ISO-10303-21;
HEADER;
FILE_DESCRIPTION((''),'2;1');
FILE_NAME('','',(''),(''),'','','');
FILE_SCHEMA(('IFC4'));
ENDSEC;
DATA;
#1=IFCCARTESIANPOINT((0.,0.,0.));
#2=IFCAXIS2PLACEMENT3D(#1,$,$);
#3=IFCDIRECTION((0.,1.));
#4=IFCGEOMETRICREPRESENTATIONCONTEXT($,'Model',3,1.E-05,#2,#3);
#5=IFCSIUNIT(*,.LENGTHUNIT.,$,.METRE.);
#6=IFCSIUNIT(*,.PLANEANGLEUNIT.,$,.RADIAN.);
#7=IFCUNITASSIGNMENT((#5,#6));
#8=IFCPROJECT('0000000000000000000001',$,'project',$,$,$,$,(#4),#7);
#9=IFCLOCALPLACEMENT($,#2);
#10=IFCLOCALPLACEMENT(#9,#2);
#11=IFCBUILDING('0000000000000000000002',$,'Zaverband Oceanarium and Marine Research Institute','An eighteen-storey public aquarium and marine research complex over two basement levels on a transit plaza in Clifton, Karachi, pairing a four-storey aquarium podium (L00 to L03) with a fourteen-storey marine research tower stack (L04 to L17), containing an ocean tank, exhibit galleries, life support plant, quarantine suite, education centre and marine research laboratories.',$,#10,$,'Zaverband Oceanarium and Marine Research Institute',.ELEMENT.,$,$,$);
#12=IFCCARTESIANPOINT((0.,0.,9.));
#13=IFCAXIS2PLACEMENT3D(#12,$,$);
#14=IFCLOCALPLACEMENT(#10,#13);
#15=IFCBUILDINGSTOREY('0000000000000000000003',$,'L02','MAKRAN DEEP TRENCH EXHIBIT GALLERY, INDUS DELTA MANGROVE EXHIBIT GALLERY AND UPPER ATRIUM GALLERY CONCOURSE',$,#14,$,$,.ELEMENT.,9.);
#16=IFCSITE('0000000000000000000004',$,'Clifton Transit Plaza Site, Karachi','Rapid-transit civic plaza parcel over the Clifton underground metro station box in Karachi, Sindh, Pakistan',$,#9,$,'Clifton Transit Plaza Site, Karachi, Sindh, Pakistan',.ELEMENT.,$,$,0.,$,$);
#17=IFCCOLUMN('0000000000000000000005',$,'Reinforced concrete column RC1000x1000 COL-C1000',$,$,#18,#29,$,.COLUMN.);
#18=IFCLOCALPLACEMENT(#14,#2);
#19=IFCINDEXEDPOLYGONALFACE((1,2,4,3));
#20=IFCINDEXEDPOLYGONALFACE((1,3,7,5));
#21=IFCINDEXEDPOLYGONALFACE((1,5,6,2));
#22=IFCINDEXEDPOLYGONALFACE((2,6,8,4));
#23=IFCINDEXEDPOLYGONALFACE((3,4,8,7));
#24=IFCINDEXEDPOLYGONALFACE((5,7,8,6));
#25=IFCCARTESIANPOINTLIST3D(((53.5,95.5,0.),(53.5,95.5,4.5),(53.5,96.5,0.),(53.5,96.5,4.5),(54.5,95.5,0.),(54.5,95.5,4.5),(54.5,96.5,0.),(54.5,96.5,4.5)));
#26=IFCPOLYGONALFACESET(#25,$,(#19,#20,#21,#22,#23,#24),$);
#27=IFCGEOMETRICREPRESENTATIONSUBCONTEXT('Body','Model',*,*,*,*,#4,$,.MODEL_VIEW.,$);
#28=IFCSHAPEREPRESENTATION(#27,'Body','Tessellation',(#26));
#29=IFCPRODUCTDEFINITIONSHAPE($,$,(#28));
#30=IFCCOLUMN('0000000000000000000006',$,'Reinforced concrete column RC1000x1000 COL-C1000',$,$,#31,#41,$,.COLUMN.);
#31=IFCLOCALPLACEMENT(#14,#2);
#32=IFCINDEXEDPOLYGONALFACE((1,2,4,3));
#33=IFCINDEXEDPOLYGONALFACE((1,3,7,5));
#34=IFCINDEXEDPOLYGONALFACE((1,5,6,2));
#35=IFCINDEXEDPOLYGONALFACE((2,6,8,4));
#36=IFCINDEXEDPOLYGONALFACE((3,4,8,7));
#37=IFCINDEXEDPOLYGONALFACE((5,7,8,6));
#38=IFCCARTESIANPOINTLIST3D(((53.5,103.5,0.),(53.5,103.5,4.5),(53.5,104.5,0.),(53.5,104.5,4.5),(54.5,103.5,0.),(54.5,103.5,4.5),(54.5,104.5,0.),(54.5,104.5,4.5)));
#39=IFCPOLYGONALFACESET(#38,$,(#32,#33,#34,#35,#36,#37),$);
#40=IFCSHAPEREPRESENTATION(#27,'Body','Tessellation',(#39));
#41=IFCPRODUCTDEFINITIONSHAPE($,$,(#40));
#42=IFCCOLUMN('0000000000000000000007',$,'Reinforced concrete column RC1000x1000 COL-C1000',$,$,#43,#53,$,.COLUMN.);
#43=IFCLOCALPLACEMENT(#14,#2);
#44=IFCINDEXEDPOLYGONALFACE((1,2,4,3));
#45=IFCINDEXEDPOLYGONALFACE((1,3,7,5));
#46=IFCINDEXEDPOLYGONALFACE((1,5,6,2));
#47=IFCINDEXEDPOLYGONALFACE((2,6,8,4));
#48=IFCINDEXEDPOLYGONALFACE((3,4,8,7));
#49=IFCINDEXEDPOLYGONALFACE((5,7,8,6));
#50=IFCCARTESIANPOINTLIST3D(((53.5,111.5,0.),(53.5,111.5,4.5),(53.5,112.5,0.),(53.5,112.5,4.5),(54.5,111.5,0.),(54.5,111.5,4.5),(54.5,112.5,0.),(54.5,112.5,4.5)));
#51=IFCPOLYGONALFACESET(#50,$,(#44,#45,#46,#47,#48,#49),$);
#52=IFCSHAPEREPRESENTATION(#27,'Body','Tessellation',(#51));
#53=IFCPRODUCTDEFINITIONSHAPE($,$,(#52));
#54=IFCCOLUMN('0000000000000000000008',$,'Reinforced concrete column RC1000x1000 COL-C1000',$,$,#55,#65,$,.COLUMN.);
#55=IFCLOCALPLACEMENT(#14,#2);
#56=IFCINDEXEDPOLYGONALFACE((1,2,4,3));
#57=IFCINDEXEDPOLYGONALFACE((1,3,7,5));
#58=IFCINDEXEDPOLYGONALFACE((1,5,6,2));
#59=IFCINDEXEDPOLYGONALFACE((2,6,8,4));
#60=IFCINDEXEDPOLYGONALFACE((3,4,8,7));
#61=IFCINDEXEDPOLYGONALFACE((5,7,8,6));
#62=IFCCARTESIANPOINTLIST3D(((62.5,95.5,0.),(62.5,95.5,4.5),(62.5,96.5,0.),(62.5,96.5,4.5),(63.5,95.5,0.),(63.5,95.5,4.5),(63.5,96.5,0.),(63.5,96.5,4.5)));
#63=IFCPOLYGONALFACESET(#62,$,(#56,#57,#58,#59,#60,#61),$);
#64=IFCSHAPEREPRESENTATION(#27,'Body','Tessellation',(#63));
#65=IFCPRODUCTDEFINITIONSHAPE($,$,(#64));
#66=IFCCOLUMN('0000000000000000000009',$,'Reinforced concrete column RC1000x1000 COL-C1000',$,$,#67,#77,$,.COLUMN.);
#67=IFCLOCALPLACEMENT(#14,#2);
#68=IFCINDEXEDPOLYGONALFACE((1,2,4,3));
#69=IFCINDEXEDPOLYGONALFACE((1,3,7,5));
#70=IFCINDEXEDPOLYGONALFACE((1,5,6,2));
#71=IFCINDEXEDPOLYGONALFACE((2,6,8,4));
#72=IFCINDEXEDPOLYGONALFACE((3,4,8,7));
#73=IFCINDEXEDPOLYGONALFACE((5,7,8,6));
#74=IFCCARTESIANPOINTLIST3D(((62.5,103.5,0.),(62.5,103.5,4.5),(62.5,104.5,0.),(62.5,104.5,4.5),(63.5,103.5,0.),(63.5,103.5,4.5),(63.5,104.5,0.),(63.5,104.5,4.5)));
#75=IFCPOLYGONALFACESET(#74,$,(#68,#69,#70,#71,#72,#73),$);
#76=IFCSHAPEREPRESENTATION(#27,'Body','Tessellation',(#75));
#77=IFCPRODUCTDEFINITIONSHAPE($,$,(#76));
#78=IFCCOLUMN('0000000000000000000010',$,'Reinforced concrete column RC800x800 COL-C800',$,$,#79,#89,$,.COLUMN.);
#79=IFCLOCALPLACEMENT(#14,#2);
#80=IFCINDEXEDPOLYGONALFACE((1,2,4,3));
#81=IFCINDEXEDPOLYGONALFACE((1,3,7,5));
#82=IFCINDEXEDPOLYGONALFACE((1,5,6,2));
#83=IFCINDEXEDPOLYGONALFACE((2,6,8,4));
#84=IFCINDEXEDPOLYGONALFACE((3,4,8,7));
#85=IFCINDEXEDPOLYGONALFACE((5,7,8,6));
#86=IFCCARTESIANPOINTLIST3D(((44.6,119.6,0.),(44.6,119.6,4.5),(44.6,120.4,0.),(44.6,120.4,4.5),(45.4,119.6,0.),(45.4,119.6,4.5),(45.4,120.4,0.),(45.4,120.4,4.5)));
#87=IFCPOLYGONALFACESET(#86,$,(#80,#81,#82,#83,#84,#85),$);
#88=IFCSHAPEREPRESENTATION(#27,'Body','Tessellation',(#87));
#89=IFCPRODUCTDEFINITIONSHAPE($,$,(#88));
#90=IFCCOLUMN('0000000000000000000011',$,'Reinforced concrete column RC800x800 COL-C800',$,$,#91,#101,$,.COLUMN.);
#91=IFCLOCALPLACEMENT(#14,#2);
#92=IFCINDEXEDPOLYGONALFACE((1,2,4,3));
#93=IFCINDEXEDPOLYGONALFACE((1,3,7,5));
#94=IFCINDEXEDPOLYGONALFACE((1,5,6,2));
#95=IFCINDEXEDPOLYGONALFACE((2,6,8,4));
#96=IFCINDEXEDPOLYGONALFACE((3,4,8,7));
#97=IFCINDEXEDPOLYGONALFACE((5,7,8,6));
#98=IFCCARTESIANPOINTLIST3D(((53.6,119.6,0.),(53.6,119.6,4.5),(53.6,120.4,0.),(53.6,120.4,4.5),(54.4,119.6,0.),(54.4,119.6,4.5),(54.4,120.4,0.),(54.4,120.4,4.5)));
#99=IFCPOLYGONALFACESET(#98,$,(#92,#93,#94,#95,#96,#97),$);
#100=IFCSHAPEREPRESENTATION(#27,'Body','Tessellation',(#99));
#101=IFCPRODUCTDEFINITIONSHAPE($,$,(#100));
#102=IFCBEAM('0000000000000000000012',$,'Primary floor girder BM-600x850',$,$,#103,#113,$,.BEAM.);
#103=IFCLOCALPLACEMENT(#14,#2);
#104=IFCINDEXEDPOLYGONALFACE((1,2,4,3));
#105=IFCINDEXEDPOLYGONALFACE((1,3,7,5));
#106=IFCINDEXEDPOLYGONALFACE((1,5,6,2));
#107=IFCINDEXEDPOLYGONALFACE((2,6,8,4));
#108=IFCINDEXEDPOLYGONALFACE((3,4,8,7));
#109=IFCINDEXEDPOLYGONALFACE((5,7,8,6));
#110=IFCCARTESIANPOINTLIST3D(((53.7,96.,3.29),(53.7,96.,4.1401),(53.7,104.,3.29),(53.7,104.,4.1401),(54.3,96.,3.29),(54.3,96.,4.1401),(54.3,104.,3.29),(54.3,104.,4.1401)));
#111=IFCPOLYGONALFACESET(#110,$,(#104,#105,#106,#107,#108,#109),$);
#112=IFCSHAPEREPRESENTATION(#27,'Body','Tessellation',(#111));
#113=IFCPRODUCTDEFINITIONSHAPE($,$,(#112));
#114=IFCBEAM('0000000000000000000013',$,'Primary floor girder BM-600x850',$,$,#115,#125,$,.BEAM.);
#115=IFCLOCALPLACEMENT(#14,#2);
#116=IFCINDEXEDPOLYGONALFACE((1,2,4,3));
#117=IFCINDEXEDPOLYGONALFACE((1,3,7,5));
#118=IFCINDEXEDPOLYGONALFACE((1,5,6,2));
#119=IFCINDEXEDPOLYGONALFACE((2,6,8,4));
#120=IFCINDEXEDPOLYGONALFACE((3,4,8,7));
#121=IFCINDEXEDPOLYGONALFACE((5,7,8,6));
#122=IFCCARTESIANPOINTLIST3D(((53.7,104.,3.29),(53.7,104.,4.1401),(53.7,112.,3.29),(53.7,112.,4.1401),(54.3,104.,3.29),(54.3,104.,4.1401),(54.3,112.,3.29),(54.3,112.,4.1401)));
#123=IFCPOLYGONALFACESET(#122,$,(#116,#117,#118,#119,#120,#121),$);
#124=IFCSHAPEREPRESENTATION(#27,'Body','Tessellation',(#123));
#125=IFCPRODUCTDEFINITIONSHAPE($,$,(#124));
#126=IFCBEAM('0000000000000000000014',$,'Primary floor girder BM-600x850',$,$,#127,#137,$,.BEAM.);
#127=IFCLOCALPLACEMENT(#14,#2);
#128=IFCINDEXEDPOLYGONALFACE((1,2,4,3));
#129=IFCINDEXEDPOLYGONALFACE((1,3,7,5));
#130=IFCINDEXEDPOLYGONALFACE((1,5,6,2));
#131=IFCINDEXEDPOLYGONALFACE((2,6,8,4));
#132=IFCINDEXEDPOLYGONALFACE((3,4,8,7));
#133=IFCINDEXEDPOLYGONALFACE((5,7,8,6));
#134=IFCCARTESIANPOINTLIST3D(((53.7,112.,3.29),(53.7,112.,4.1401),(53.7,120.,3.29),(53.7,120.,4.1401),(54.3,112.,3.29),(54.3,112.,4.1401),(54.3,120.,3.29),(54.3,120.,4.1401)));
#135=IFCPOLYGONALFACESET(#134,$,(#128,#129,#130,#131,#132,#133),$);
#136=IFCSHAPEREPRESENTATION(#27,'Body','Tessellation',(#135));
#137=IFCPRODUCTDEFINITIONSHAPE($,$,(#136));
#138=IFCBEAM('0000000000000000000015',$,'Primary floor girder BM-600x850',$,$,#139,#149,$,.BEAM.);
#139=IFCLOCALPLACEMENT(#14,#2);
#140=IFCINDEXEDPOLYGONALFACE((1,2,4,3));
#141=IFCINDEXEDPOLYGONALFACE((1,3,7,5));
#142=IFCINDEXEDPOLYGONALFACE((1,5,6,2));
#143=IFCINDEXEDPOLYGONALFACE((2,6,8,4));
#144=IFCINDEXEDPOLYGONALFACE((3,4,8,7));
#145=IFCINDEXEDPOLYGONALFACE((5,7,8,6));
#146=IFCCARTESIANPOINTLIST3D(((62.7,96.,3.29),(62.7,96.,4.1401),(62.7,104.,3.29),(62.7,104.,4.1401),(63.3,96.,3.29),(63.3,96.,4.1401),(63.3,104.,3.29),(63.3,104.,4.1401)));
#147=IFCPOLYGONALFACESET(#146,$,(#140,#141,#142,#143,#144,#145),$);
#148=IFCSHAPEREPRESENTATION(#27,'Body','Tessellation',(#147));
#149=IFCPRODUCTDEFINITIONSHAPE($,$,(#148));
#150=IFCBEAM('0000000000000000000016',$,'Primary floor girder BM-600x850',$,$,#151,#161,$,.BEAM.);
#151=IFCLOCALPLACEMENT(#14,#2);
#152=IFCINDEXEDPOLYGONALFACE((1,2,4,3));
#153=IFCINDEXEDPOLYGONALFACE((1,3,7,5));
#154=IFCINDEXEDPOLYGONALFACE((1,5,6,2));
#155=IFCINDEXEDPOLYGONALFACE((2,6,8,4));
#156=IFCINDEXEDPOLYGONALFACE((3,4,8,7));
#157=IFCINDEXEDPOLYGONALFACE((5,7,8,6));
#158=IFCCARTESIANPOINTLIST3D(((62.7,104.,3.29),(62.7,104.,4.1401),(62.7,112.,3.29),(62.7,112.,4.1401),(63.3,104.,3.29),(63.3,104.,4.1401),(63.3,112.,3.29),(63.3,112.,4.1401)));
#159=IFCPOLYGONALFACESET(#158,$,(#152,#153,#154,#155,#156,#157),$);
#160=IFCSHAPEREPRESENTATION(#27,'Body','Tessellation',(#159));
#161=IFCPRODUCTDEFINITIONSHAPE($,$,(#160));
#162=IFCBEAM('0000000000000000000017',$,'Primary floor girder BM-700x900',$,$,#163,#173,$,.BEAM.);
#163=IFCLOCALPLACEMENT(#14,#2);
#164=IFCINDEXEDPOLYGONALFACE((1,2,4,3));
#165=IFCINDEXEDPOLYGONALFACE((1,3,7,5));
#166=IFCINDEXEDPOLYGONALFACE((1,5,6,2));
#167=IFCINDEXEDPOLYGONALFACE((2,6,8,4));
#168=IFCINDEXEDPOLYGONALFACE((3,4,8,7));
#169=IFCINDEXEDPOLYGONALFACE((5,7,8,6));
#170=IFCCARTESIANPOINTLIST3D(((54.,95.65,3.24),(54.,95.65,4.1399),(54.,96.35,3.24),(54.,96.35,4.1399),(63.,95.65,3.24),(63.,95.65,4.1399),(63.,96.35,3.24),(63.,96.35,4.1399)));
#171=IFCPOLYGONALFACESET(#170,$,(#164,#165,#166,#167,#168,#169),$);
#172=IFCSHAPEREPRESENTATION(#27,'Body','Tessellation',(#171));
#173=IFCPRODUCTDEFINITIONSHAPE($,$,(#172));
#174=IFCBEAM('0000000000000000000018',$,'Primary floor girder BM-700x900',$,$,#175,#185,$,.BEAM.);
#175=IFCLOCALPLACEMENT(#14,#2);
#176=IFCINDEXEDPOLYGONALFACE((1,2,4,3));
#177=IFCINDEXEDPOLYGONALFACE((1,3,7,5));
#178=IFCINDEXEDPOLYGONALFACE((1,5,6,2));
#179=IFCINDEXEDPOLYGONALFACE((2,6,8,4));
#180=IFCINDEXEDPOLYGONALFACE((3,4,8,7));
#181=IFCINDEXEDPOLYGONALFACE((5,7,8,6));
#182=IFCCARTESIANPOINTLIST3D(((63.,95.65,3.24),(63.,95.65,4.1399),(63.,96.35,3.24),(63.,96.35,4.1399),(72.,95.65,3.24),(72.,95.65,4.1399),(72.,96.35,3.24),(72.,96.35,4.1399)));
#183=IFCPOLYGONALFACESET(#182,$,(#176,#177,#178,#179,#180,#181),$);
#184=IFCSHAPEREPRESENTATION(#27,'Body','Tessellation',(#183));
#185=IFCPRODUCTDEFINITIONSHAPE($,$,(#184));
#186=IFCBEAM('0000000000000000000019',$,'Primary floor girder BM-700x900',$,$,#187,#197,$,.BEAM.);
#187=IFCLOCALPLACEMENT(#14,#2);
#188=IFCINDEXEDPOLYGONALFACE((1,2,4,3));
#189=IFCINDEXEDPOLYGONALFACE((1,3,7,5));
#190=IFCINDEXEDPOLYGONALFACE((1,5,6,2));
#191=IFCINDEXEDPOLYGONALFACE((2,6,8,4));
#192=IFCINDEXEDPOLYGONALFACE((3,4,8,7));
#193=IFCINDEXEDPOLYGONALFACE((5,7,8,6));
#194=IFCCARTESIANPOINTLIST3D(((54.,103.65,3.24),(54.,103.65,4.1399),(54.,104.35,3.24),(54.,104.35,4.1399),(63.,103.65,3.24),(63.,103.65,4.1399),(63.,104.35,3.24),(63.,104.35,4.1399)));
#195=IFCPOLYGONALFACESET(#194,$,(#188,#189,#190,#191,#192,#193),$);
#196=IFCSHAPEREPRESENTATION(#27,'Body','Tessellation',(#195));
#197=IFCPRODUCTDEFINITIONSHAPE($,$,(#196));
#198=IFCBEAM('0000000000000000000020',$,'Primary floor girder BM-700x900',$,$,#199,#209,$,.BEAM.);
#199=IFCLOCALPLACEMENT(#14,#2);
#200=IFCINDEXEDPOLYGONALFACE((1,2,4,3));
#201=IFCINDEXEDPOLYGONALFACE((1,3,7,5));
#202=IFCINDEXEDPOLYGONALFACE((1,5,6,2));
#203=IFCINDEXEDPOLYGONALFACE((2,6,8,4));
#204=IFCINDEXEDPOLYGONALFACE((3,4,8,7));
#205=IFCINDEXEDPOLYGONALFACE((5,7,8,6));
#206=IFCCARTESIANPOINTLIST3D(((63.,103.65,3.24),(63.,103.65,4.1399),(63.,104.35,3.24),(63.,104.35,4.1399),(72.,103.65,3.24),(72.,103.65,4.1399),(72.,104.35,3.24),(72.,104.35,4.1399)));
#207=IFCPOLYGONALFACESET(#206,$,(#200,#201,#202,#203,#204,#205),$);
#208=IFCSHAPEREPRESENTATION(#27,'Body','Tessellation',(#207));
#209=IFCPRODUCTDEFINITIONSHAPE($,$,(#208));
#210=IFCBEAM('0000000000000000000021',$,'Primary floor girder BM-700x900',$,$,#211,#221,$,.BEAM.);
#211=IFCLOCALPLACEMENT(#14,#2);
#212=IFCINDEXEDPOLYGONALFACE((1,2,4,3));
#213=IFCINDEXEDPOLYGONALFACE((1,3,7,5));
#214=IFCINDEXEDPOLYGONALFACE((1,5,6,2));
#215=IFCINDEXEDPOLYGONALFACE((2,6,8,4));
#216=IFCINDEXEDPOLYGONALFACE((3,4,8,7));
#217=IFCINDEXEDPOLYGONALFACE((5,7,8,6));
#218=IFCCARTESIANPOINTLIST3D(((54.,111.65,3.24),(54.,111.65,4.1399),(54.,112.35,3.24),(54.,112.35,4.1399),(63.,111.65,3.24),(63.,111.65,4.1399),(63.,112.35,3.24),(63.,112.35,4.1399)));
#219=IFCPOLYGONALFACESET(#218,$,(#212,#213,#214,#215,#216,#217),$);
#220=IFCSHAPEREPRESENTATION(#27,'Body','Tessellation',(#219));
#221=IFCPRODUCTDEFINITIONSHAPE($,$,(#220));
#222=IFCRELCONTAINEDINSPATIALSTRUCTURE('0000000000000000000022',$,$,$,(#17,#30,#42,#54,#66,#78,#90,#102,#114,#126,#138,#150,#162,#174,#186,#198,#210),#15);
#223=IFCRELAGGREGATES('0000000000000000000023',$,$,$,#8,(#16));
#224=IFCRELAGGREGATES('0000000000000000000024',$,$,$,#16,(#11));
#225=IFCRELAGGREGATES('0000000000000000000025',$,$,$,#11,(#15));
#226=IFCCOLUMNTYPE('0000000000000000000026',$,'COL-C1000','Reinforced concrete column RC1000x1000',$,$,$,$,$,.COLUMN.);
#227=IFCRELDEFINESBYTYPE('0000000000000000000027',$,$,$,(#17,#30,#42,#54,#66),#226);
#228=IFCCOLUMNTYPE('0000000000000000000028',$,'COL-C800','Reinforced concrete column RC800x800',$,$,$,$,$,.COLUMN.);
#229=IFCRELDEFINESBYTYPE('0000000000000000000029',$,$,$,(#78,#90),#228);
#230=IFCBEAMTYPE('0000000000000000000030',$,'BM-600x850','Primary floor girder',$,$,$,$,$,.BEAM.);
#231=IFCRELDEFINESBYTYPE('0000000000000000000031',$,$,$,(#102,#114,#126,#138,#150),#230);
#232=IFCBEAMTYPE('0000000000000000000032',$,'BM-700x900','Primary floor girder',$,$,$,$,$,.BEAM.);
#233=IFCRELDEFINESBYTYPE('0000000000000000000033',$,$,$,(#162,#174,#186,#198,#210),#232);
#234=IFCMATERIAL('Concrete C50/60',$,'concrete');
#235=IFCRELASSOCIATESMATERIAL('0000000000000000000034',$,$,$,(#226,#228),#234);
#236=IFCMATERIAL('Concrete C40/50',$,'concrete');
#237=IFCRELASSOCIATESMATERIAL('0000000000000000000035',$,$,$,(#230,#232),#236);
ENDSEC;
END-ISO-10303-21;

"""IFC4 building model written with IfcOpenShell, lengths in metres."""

from ifc_helpers import new_model, si_unit, direction, frame, origin, origin_2d, place, context, subcontext, project, spatial, rectangle, extrude, material, material_profile, profile_set, type_object, element, save


model = new_model("IFC4")

# Units and contexts
model_context = context("Model", 3, precision=1e-05, world=origin(), true_north=direction((0.0, 1.0)))
body_context = subcontext(model_context, "Body", "Model", "MODEL_VIEW")
ifc_project = project(units=[si_unit("LENGTHUNIT", "METRE"), si_unit("PLANEANGLEUNIT", "RADIAN")], contexts=[model_context])

# Site, building, storey
site_placement = place(None, origin())
site = spatial("IfcSite", under=ifc_project, at=site_placement, Name="Clifton Transit Plaza Site, Karachi", Description="Rapid-transit civic plaza parcel over the Clifton underground metro station box in Karachi, Sindh, Pakistan", LongName="Clifton Transit Plaza Site, Karachi, Sindh, Pakistan", CompositionType="ELEMENT", RefElevation=0.0)
building_placement = place(site_placement, origin())
building = spatial("IfcBuilding", under=site, at=building_placement, Name="Zaverband Oceanarium and Marine Research Institute", Description="An eighteen-storey public aquarium and marine research complex over two basement levels on a transit plaza in Clifton, Karachi, pairing a four-storey aquarium podium (L00 to L03) with a fourteen-storey marine research tower stack (L04 to L17), containing an ocean tank, exhibit galleries, life support plant, quarantine suite, education centre and marine research laboratories.", LongName="Zaverband Oceanarium and Marine Research Institute", CompositionType="ELEMENT")
storey_placement = place(building_placement, frame((0.0, 0.0, 9.0)))
storey = spatial("IfcBuildingStorey", under=building, at=storey_placement, Name="L02", Description="MAKRAN DEEP TRENCH EXHIBIT GALLERY, INDUS DELTA MANGROVE EXHIBIT GALLERY AND UPPER ATRIUM GALLERY CONCOURSE", CompositionType="ELEMENT", Elevation=9.0)

# Columns
ifc_material_1 = material(Name="Concrete C50/60", Category="concrete")
ifc_material_profile_1 = material_profile(ifc_material_1, rectangle(XDim=1.0, YDim=1.0, at=origin_2d()), Name="RC1000x1000")
ifc_profile_set_1 = profile_set([ifc_material_profile_1], Name="Concrete C50/60")
column_type_1 = type_object("IfcColumnType", Name="COL-C1000", Description="Reinforced concrete column RC1000x1000", PredefinedType="COLUMN", material=ifc_profile_set_1)
for number, where, z_axis, x_axis, name in (
    (1, (54.0, 96.0, 0.0), (0.0, 0.0, 1.0), (1.0, 0.0, 0.0), "Reinforced concrete column RC1000x1000 COL-C1000"),
    (2, (54.0, 104.0, 0.0), (0.0, 0.0, 1.0), (1.0, 0.0, 0.0), "Reinforced concrete column RC1000x1000 COL-C1000"),
    (3, (54.0, 112.0, 0.0), (0.0, 0.0, 1.0), (1.0, 0.0, 0.0), "Reinforced concrete column RC1000x1000 COL-C1000"),
    (4, (63.0, 96.0, 0.0), (0.0, 0.0, 1.0), (1.0, 0.0, 0.0), "Reinforced concrete column RC1000x1000 COL-C1000"),
    (5, (63.0, 104.0, 0.0), (0.0, 0.0, 1.0), (1.0, 0.0, 0.0), "Reinforced concrete column RC1000x1000 COL-C1000"),
):
    element("IfcColumn", number, at=place(storey_placement, frame(where, z_axis=z_axis, x_axis=x_axis)), inside=storey, type_object=column_type_1, Name=name, PredefinedType="COLUMN", context=body_context, shape_type="SweptSolid", body=[
        extrude(rectangle(XDim=1.0, YDim=1.0, at=origin_2d()), origin(), (0.0, 0.0, 1.0), 4.5),
    ])
ifc_material_profile_2 = material_profile(ifc_material_1, rectangle(XDim=0.8, YDim=0.8, at=origin_2d()), Name="RC800x800")
ifc_profile_set_2 = profile_set([ifc_material_profile_2], Name="Concrete C50/60")
column_type_2 = type_object("IfcColumnType", Name="COL-C800", Description="Reinforced concrete column RC800x800", PredefinedType="COLUMN", material=ifc_profile_set_2)
for number, where, z_axis, x_axis, name in (
    (6, (45.0, 120.0, 0.0), (0.0, 0.0, 1.0), (1.0, 0.0, 0.0), "Reinforced concrete column RC800x800 COL-C800"),
    (7, (54.0, 120.0, 0.0), (0.0, 0.0, 1.0), (1.0, 0.0, 0.0), "Reinforced concrete column RC800x800 COL-C800"),
):
    element("IfcColumn", number, at=place(storey_placement, frame(where, z_axis=z_axis, x_axis=x_axis)), inside=storey, type_object=column_type_2, Name=name, PredefinedType="COLUMN", context=body_context, shape_type="SweptSolid", body=[
        extrude(rectangle(XDim=0.8, YDim=0.8, at=origin_2d()), origin(), (0.0, 0.0, 1.0), 4.5),
    ])

# Beams
ifc_material_2 = material(Name="Concrete C40/50", Category="concrete")
ifc_material_profile_3 = material_profile(ifc_material_2, rectangle(XDim=0.6001, YDim=0.8501, at=origin_2d()), Name="RC600x850")
ifc_profile_set_3 = profile_set([ifc_material_profile_3], Name="Concrete C40/50")
beam_type_1 = type_object("IfcBeamType", Name="BM-600x850", Description="Primary floor girder", PredefinedType="BEAM", material=ifc_profile_set_3)
for number, where, z_axis, x_axis, name in (
    (8, (54.0, 96.0, 3.7151), (0.0, 1.0, 0.0), (-1.0, 0.0, 0.0), "Primary floor girder BM-600x850"),
    (9, (54.0, 104.0, 3.7151), (0.0, 1.0, 0.0), (-1.0, 0.0, 0.0), "Primary floor girder BM-600x850"),
    (10, (54.0, 112.0, 3.7151), (0.0, 1.0, 0.0), (-1.0, 0.0, 0.0), "Primary floor girder BM-600x850"),
    (11, (63.0, 96.0, 3.7151), (0.0, 1.0, 0.0), (-1.0, 0.0, 0.0), "Primary floor girder BM-600x850"),
    (12, (63.0, 104.0, 3.7151), (0.0, 1.0, 0.0), (-1.0, 0.0, 0.0), "Primary floor girder BM-600x850"),
):
    element("IfcBeam", number, at=place(storey_placement, frame(where, z_axis=z_axis, x_axis=x_axis)), inside=storey, type_object=beam_type_1, Name=name, PredefinedType="BEAM", context=body_context, shape_type="SweptSolid", body=[
        extrude(rectangle(XDim=0.6001, YDim=0.8501, at=origin_2d()), origin(), (0.0, 0.0, 1.0), 8.0),
    ])
ifc_material_profile_4 = material_profile(ifc_material_2, rectangle(XDim=0.7, YDim=0.8999, at=origin_2d()), Name="RC700x900")
ifc_profile_set_4 = profile_set([ifc_material_profile_4], Name="Concrete C40/50")
beam_type_2 = type_object("IfcBeamType", Name="BM-700x900", Description="Primary floor girder", PredefinedType="BEAM", material=ifc_profile_set_4)
for number, where, z_axis, x_axis, name in (
    (13, (54.0, 96.0, 3.6899), (1.0, 0.0, 0.0), (0.0, 1.0, 0.0), "Primary floor girder BM-700x900"),
    (14, (63.0, 96.0, 3.6899), (1.0, 0.0, 0.0), (0.0, 1.0, 0.0), "Primary floor girder BM-700x900"),
    (15, (54.0, 104.0, 3.6899), (1.0, 0.0, 0.0), (0.0, 1.0, 0.0), "Primary floor girder BM-700x900"),
    (16, (63.0, 104.0, 3.6899), (1.0, 0.0, 0.0), (0.0, 1.0, 0.0), "Primary floor girder BM-700x900"),
    (17, (54.0, 112.0, 3.6899), (1.0, 0.0, 0.0), (0.0, 1.0, 0.0), "Primary floor girder BM-700x900"),
):
    element("IfcBeam", number, at=place(storey_placement, frame(where, z_axis=z_axis, x_axis=x_axis)), inside=storey, type_object=beam_type_2, Name=name, PredefinedType="BEAM", context=body_context, shape_type="SweptSolid", body=[
        extrude(rectangle(XDim=0.7, YDim=0.8999, at=origin_2d()), origin(), (0.0, 0.0, 1.0), 9.0),
    ])

save(model, "model.ifc")
